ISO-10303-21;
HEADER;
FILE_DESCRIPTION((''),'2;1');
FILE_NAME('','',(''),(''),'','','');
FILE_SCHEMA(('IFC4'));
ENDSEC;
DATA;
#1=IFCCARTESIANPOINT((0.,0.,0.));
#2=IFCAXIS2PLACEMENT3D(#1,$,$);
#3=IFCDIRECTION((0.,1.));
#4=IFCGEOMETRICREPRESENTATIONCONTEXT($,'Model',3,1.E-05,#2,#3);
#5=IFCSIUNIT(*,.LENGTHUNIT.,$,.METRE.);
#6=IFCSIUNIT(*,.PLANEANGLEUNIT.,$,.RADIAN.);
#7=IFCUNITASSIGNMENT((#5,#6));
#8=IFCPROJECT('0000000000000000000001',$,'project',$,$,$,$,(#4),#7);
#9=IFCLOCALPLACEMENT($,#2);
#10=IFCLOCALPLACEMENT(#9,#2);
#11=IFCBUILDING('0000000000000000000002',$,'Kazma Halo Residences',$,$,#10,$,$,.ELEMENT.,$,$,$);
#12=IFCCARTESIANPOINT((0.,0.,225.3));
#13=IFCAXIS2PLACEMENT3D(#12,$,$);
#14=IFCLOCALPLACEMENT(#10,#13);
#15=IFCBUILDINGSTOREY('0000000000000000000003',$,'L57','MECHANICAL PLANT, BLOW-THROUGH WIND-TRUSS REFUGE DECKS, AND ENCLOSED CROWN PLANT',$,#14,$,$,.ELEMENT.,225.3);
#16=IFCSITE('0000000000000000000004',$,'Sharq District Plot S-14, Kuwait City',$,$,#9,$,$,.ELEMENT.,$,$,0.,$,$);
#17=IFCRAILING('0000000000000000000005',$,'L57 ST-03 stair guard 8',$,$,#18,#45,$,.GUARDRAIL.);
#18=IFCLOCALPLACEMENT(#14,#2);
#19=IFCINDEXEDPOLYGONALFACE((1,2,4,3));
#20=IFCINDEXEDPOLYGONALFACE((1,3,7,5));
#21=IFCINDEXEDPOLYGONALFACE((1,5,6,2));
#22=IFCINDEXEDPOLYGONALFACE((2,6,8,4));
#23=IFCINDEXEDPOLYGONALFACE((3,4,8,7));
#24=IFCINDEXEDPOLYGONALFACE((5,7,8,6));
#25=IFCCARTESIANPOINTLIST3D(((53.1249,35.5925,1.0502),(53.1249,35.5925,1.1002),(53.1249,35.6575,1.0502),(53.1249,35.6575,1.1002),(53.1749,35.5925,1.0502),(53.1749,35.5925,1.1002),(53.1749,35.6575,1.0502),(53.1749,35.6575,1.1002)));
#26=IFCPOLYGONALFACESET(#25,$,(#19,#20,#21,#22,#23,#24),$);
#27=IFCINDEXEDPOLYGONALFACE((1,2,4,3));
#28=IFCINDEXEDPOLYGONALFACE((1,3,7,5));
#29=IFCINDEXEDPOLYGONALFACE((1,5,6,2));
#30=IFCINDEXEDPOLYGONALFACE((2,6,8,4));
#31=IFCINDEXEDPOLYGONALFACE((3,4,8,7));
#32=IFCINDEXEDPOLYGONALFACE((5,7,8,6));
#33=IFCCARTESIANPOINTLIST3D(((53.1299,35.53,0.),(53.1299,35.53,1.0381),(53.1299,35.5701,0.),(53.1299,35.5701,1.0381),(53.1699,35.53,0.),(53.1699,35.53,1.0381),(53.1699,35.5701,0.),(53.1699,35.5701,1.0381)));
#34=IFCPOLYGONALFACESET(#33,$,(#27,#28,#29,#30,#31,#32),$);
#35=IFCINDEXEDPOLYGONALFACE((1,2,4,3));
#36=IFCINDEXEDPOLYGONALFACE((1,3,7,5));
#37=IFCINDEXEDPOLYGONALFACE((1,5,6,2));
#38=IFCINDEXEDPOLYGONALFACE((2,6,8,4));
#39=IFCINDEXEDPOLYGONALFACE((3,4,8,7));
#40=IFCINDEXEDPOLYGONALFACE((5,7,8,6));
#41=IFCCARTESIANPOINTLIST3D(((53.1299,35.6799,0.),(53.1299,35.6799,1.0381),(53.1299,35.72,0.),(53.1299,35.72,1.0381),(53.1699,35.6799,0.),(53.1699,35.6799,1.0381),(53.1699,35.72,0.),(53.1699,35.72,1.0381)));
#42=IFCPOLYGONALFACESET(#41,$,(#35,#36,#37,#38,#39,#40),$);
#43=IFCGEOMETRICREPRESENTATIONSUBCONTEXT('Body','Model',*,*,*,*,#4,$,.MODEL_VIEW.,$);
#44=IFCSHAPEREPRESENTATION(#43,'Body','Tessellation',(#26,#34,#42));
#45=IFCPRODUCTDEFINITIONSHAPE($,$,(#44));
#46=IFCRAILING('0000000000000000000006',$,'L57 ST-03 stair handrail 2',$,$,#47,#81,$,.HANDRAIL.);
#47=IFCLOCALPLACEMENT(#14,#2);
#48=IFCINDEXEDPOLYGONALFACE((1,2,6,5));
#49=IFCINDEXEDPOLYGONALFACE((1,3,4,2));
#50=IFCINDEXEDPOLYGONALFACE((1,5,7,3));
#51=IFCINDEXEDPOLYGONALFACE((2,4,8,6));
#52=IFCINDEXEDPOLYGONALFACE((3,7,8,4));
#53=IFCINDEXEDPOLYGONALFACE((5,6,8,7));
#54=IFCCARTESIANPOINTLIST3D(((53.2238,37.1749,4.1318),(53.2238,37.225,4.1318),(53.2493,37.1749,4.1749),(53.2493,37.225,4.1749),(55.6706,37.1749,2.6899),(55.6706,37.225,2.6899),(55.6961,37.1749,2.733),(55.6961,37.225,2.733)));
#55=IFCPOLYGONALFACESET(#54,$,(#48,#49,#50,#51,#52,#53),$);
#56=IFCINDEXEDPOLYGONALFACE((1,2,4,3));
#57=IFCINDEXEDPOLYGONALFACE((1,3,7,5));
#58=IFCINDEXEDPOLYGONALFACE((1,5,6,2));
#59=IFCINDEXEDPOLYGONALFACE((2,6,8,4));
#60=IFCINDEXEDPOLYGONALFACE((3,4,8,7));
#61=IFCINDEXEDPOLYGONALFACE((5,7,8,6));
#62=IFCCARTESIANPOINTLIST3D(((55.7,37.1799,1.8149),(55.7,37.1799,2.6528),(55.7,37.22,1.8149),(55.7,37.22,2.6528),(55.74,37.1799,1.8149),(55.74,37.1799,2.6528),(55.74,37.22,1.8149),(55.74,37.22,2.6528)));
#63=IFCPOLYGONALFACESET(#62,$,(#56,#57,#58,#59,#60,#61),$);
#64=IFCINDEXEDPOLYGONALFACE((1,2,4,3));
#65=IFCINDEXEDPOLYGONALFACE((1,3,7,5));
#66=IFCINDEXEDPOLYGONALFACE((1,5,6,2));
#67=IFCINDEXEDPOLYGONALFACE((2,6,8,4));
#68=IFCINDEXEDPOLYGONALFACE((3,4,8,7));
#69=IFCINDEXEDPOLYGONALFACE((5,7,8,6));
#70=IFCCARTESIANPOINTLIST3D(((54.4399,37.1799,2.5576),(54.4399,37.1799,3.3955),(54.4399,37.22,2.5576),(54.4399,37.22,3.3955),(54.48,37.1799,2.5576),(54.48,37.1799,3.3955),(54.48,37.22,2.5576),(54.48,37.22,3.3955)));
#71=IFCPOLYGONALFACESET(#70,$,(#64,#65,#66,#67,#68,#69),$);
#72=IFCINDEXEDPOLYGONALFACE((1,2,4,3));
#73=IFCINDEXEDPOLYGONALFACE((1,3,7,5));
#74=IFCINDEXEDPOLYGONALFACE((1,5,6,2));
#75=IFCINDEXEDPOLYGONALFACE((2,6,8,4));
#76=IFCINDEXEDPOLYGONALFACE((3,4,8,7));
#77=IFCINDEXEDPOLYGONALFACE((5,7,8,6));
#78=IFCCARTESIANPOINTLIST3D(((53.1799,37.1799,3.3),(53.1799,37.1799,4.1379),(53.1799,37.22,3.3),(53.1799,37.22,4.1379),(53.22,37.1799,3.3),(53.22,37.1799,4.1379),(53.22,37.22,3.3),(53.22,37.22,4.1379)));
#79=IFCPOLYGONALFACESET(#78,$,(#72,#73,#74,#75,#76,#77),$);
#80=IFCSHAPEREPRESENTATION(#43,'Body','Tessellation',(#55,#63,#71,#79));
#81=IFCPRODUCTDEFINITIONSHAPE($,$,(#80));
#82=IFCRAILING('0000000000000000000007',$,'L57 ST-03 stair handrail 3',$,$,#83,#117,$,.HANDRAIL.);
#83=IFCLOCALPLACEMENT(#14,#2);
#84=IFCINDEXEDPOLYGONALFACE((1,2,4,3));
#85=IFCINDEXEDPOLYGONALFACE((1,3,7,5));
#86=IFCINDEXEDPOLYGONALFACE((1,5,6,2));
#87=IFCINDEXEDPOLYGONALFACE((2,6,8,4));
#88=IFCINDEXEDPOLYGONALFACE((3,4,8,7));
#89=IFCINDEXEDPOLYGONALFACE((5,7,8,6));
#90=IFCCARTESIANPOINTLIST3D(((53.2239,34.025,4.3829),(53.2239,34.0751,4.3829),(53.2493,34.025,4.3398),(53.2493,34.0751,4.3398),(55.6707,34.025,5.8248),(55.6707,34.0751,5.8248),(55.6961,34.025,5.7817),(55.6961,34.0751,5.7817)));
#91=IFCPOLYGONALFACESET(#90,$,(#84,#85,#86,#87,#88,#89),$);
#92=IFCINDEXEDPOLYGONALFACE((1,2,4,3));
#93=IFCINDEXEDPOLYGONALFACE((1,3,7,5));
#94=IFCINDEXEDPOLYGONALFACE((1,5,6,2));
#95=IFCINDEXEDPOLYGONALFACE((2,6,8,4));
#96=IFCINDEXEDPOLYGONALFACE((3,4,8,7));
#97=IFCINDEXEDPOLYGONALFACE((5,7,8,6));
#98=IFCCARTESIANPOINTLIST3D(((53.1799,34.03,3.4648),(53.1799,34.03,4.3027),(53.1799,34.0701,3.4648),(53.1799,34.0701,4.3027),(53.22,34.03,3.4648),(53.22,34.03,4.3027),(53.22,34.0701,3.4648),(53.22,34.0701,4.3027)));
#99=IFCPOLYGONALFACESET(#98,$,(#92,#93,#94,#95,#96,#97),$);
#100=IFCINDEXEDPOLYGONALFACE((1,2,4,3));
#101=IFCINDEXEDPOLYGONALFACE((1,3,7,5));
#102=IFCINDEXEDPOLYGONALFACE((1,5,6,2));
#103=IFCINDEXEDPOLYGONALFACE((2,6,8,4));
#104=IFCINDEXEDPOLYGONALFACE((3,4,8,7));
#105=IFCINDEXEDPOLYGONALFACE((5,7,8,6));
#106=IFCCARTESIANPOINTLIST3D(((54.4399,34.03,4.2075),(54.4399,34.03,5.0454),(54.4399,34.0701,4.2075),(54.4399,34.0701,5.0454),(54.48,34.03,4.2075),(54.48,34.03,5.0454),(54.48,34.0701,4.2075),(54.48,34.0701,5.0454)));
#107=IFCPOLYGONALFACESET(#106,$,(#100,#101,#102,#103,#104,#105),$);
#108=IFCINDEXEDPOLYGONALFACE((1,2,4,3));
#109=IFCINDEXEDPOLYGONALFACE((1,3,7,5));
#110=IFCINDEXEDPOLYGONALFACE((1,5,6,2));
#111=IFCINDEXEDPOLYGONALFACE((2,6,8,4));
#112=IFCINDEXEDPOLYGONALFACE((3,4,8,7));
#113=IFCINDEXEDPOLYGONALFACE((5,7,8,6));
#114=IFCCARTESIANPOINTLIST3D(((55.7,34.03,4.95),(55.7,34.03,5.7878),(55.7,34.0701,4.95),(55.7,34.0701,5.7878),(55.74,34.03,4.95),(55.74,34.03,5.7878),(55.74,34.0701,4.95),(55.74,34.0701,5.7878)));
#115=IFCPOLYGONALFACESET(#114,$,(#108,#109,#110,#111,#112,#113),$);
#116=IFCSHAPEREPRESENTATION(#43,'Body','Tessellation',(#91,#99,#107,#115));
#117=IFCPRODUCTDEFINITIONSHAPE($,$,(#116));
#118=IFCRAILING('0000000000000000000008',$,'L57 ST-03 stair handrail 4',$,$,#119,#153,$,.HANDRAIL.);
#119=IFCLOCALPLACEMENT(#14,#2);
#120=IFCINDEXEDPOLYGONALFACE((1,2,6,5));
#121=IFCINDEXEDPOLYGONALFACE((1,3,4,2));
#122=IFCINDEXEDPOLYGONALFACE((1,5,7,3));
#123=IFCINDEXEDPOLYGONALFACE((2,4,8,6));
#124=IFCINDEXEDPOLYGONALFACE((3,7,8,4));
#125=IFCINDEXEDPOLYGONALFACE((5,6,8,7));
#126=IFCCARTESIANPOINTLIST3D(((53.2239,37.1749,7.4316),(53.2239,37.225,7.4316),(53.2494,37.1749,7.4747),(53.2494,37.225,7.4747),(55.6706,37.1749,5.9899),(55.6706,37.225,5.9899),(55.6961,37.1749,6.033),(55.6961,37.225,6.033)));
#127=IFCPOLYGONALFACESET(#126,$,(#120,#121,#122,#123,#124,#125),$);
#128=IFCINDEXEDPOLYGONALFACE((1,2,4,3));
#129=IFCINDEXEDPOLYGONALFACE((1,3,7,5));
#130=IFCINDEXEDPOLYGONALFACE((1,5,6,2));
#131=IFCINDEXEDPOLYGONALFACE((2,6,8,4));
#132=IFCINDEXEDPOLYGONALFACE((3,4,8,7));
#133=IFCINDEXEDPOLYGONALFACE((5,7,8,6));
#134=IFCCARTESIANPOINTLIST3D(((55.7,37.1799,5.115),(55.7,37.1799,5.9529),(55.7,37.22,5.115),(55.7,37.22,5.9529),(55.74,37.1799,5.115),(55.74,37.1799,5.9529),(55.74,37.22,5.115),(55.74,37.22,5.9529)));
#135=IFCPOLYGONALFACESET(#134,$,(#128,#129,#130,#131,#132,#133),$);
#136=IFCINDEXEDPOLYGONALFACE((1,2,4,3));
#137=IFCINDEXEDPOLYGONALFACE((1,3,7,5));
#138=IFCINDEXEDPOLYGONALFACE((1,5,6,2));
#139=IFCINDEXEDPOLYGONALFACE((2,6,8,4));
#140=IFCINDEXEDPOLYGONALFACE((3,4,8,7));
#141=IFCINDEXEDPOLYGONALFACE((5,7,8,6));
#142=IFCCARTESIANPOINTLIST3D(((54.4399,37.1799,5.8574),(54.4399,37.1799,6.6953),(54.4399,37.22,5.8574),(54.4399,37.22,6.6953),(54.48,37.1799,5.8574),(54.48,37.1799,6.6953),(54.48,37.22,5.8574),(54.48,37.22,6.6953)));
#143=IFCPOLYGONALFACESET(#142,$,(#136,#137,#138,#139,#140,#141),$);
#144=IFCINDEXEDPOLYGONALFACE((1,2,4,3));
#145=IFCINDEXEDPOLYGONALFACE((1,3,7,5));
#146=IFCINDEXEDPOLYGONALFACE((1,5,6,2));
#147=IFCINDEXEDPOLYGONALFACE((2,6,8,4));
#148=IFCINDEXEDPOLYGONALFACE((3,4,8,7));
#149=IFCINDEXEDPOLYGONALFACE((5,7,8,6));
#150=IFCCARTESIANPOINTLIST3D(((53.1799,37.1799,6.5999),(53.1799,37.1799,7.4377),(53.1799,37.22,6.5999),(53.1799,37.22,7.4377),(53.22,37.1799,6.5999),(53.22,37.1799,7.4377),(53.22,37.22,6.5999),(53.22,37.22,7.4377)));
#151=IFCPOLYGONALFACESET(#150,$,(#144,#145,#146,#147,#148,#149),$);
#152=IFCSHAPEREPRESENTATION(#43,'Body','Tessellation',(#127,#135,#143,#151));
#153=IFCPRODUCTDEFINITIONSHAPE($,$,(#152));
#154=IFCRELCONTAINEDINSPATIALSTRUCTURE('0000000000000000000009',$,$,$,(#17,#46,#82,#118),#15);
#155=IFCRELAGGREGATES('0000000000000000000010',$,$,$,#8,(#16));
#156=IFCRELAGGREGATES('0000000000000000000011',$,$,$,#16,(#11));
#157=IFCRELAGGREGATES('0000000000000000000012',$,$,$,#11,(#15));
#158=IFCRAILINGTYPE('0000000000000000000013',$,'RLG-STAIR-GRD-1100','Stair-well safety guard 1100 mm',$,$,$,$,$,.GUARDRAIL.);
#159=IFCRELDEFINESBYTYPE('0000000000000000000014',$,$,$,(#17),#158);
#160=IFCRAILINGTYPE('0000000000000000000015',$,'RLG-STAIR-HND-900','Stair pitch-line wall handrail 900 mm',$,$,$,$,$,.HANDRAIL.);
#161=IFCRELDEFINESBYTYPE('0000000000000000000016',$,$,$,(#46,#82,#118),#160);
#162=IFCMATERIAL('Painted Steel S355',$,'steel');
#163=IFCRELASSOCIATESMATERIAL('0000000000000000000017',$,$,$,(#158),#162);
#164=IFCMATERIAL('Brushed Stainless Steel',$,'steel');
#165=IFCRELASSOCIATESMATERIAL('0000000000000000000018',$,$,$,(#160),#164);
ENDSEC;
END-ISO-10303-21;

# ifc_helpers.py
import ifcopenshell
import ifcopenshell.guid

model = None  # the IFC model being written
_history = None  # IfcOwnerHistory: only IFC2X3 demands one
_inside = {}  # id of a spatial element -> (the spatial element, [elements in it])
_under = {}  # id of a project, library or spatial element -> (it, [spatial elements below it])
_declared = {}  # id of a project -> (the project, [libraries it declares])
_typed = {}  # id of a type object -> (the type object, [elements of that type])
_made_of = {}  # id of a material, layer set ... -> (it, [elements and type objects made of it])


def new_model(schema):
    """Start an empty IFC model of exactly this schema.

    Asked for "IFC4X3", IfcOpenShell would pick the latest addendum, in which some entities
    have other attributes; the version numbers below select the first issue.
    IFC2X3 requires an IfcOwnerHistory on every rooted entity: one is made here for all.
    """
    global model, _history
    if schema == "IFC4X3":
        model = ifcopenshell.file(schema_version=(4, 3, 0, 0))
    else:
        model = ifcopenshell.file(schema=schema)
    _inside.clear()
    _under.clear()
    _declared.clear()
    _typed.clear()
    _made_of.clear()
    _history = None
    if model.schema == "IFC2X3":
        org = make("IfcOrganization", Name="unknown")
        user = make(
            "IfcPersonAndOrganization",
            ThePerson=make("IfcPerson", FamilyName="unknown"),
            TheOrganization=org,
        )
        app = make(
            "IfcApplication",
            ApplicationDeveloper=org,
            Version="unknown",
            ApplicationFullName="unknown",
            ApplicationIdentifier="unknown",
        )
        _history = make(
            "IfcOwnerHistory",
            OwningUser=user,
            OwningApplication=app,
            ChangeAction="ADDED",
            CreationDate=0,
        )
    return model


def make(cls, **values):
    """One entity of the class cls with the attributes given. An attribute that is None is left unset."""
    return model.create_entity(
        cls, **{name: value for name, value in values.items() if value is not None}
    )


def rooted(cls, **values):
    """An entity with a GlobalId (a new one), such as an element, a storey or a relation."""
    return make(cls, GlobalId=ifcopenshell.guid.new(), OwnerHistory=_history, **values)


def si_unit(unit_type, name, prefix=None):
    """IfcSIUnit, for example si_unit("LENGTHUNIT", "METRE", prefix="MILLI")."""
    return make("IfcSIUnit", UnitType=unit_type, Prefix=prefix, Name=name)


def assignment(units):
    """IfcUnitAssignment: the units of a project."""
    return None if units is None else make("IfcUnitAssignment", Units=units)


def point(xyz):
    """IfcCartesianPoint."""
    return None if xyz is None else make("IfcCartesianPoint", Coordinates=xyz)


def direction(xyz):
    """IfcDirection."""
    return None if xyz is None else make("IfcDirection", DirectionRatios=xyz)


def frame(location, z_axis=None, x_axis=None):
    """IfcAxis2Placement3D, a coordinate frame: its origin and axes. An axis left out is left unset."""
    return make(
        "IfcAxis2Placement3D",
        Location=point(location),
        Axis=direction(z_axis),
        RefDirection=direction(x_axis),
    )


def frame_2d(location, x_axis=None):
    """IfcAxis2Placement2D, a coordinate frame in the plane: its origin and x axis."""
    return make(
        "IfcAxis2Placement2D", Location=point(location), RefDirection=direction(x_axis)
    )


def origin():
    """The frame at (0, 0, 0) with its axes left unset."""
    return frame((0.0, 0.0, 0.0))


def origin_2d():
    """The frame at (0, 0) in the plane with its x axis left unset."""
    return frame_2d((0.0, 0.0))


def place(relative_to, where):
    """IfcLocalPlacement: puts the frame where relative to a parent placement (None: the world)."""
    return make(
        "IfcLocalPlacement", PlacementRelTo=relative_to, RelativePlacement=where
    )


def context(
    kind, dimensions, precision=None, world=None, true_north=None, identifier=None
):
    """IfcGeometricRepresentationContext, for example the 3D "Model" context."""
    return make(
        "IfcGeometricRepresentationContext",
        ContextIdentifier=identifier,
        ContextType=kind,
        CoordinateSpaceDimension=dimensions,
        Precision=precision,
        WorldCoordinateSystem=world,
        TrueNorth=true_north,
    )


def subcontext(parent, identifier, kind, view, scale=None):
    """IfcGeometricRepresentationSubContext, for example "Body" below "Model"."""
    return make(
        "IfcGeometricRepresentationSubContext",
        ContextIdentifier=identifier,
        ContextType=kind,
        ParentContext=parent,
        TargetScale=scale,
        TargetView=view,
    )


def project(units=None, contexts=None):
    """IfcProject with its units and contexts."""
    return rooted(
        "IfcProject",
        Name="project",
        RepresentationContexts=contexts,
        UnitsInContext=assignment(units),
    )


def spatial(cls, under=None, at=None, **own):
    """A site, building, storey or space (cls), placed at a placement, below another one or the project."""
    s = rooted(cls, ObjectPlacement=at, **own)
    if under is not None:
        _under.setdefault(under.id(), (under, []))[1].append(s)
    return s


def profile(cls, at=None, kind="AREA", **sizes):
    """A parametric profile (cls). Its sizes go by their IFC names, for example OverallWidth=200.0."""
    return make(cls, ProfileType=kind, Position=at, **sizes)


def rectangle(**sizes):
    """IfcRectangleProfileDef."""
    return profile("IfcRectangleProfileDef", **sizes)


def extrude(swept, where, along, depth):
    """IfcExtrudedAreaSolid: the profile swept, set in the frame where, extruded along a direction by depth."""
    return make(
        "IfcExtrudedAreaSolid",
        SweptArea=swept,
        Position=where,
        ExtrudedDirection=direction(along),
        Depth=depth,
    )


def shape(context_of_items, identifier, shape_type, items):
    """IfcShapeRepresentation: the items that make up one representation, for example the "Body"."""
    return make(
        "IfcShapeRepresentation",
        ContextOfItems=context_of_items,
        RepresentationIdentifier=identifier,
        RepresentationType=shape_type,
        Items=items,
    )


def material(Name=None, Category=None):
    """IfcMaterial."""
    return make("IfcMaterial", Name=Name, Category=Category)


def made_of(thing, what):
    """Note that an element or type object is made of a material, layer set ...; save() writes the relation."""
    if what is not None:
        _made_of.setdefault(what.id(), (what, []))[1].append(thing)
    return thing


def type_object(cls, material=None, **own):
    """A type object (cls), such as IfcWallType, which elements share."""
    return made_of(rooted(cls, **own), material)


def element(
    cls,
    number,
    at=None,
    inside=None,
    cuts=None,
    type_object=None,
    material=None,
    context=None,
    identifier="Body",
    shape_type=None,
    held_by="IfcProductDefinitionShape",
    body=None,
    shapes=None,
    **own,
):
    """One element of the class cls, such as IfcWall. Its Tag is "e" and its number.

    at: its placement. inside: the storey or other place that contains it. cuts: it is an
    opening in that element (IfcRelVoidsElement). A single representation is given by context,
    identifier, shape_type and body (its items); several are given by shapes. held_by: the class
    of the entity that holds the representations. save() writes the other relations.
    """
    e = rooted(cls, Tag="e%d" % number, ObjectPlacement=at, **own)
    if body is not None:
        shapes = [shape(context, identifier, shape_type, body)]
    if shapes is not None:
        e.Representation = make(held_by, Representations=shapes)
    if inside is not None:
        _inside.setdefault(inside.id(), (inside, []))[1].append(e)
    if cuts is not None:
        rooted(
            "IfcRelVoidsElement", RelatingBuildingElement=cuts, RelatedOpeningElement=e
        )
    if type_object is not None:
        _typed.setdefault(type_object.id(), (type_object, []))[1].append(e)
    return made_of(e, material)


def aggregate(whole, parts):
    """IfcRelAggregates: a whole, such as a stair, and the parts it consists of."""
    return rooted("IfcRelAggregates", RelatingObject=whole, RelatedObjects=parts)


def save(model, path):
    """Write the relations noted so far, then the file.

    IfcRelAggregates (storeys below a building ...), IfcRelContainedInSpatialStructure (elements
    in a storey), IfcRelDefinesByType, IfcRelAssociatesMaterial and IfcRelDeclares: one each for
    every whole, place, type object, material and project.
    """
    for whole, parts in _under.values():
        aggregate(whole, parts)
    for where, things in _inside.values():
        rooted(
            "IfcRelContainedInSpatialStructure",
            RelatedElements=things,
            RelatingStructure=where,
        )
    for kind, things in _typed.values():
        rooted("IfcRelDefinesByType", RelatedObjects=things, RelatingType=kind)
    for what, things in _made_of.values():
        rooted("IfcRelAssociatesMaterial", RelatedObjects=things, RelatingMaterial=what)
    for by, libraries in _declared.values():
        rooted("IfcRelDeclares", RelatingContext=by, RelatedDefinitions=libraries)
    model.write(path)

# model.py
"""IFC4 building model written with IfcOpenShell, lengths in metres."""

from ifc_helpers import new_model, si_unit, direction, frame, origin, origin_2d, place, context, subcontext, project, spatial, rectangle, extrude, material, type_object, element, save


model = new_model("IFC4")

# Units and contexts
model_context = context("Model", 3, precision=1e-05, world=origin(), true_north=direction((0.0, 1.0)))
body_context = subcontext(model_context, "Body", "Model", "MODEL_VIEW")
ifc_project = project(units=[si_unit("LENGTHUNIT", "METRE"), si_unit("PLANEANGLEUNIT", "RADIAN")], contexts=[model_context])

# Site, building, storey
site_placement = place(None, origin())
site = spatial("IfcSite", under=ifc_project, at=site_placement, Name="Sharq District Plot S-14, Kuwait City", CompositionType="ELEMENT", RefElevation=0.0)
building_placement = place(site_placement, origin())
building = spatial("IfcBuilding", under=site, at=building_placement, Name="Kazma Halo Residences", CompositionType="ELEMENT")
storey_placement = place(building_placement, frame((0.0, 0.0, 225.3)))
storey = spatial("IfcBuildingStorey", under=building, at=storey_placement, Name="L57", Description="MECHANICAL PLANT, BLOW-THROUGH WIND-TRUSS REFUGE DECKS, AND ENCLOSED CROWN PLANT", CompositionType="ELEMENT", Elevation=225.3)

# Railings
ifc_material_1 = material(Name="Painted Steel S355", Category="steel")
railing_type_1 = type_object("IfcRailingType", Name="RLG-STAIR-GRD-1100", Description="Stair-well safety guard 1100 mm", PredefinedType="GUARDRAIL", material=ifc_material_1)
railing_1_placement = place(storey_placement, frame((53.1499, 35.55, 0.0)))
element("IfcRailing", 1, at=railing_1_placement, inside=storey, type_object=railing_type_1, Name="L57 ST-03 stair guard 8", PredefinedType="GUARDRAIL", context=body_context, shape_type="SweptSolid", body=[
    extrude(rectangle(XDim=0.05, YDim=0.05, at=origin_2d()), frame((0.0, 0.0425, 1.0752), z_axis=(0.0, 1.0, 0.0), x_axis=(-1.0, 0.0, 0.0)), (0.0, 0.0, 1.0), 0.0649),
    extrude(rectangle(XDim=0.04, YDim=0.04, at=origin_2d()), origin(), (0.0, 0.0, 1.0), 1.0381),
    extrude(rectangle(XDim=0.04, YDim=0.04, at=origin_2d()), frame((0.0, 0.1499, 0.0)), (0.0, 0.0, 1.0), 1.0381),
])
ifc_material_2 = material(Name="Brushed Stainless Steel", Category="steel")
railing_type_2 = type_object("IfcRailingType", Name="RLG-STAIR-HND-900", Description="Stair pitch-line wall handrail 900 mm", PredefinedType="HANDRAIL", material=ifc_material_2)
railing_2_placement = place(storey_placement, frame((55.72, 37.2, 1.8149)))
element("IfcRailing", 2, at=railing_2_placement, inside=storey, type_object=railing_type_2, Name="L57 ST-03 stair handrail 2", PredefinedType="HANDRAIL", context=body_context, shape_type="SweptSolid", body=[
    extrude(rectangle(XDim=0.05, YDim=0.05, at=origin_2d()), frame((-0.0366, 0.0, 0.8965), z_axis=(-0.861524, 0.0, 0.507717), x_axis=(0.0, -1.0, 0.0)), (0.0, 0.0, 1.0), 2.8401),
    extrude(rectangle(XDim=0.04, YDim=0.04, at=origin_2d()), origin(), (0.0, 0.0, 1.0), 0.8379),
    extrude(rectangle(XDim=0.04, YDim=0.04, at=origin_2d()), frame((-1.26, 0.0, 0.7427)), (0.0, 0.0, 1.0), 0.8379),
    extrude(rectangle(XDim=0.04, YDim=0.04, at=origin_2d()), frame((-2.52, 0.0, 1.4851)), (0.0, 0.0, 1.0), 0.8379),
])
railing_3_placement = place(storey_placement, frame((53.2, 34.05, 3.4648)))
element("IfcRailing", 3, at=railing_3_placement, inside=storey, type_object=railing_type_2, Name="L57 ST-03 stair handrail 3", PredefinedType="HANDRAIL", context=body_context, shape_type="SweptSolid", body=[
    extrude(rectangle(XDim=0.05, YDim=0.05, at=origin_2d()), frame((0.0366, 0.0, 0.8965), z_axis=(0.861524, 0.0, 0.507717), x_axis=(0.0, 1.0, 0.0)), (0.0, 0.0, 1.0), 2.8401),
    extrude(rectangle(XDim=0.04, YDim=0.04, at=origin_2d()), origin(), (0.0, 0.0, 1.0), 0.8379),
    extrude(rectangle(XDim=0.04, YDim=0.04, at=origin_2d()), frame((1.26, 0.0, 0.7427)), (0.0, 0.0, 1.0), 0.8379),
    extrude(rectangle(XDim=0.04, YDim=0.04, at=origin_2d()), frame((2.52, 0.0, 1.4851)), (0.0, 0.0, 1.0), 0.8379),
])
railing_4_placement = place(storey_placement, frame((55.72, 37.2, 5.115)))
element("IfcRailing", 4, at=railing_4_placement, inside=storey, type_object=railing_type_2, Name="L57 ST-03 stair handrail 4", PredefinedType="HANDRAIL", context=body_context, shape_type="SweptSolid", body=[
    extrude(rectangle(XDim=0.05, YDim=0.05, at=origin_2d()), frame((-0.0366, 0.0, 0.8965), z_axis=(-0.861561, 0.0, 0.507655), x_axis=(0.0, -1.0, 0.0)), (0.0, 0.0, 1.0), 2.8398),
    extrude(rectangle(XDim=0.04, YDim=0.04, at=origin_2d()), origin(), (0.0, 0.0, 1.0), 0.8379),
    extrude(rectangle(XDim=0.04, YDim=0.04, at=origin_2d()), frame((-1.26, 0.0, 0.7424)), (0.0, 0.0, 1.0), 0.8379),
    extrude(rectangle(XDim=0.04, YDim=0.04, at=origin_2d()), frame((-2.52, 0.0, 1.4849)), (0.0, 0.0, 1.0), 0.8379),
])

save(model, "model.ifc")
